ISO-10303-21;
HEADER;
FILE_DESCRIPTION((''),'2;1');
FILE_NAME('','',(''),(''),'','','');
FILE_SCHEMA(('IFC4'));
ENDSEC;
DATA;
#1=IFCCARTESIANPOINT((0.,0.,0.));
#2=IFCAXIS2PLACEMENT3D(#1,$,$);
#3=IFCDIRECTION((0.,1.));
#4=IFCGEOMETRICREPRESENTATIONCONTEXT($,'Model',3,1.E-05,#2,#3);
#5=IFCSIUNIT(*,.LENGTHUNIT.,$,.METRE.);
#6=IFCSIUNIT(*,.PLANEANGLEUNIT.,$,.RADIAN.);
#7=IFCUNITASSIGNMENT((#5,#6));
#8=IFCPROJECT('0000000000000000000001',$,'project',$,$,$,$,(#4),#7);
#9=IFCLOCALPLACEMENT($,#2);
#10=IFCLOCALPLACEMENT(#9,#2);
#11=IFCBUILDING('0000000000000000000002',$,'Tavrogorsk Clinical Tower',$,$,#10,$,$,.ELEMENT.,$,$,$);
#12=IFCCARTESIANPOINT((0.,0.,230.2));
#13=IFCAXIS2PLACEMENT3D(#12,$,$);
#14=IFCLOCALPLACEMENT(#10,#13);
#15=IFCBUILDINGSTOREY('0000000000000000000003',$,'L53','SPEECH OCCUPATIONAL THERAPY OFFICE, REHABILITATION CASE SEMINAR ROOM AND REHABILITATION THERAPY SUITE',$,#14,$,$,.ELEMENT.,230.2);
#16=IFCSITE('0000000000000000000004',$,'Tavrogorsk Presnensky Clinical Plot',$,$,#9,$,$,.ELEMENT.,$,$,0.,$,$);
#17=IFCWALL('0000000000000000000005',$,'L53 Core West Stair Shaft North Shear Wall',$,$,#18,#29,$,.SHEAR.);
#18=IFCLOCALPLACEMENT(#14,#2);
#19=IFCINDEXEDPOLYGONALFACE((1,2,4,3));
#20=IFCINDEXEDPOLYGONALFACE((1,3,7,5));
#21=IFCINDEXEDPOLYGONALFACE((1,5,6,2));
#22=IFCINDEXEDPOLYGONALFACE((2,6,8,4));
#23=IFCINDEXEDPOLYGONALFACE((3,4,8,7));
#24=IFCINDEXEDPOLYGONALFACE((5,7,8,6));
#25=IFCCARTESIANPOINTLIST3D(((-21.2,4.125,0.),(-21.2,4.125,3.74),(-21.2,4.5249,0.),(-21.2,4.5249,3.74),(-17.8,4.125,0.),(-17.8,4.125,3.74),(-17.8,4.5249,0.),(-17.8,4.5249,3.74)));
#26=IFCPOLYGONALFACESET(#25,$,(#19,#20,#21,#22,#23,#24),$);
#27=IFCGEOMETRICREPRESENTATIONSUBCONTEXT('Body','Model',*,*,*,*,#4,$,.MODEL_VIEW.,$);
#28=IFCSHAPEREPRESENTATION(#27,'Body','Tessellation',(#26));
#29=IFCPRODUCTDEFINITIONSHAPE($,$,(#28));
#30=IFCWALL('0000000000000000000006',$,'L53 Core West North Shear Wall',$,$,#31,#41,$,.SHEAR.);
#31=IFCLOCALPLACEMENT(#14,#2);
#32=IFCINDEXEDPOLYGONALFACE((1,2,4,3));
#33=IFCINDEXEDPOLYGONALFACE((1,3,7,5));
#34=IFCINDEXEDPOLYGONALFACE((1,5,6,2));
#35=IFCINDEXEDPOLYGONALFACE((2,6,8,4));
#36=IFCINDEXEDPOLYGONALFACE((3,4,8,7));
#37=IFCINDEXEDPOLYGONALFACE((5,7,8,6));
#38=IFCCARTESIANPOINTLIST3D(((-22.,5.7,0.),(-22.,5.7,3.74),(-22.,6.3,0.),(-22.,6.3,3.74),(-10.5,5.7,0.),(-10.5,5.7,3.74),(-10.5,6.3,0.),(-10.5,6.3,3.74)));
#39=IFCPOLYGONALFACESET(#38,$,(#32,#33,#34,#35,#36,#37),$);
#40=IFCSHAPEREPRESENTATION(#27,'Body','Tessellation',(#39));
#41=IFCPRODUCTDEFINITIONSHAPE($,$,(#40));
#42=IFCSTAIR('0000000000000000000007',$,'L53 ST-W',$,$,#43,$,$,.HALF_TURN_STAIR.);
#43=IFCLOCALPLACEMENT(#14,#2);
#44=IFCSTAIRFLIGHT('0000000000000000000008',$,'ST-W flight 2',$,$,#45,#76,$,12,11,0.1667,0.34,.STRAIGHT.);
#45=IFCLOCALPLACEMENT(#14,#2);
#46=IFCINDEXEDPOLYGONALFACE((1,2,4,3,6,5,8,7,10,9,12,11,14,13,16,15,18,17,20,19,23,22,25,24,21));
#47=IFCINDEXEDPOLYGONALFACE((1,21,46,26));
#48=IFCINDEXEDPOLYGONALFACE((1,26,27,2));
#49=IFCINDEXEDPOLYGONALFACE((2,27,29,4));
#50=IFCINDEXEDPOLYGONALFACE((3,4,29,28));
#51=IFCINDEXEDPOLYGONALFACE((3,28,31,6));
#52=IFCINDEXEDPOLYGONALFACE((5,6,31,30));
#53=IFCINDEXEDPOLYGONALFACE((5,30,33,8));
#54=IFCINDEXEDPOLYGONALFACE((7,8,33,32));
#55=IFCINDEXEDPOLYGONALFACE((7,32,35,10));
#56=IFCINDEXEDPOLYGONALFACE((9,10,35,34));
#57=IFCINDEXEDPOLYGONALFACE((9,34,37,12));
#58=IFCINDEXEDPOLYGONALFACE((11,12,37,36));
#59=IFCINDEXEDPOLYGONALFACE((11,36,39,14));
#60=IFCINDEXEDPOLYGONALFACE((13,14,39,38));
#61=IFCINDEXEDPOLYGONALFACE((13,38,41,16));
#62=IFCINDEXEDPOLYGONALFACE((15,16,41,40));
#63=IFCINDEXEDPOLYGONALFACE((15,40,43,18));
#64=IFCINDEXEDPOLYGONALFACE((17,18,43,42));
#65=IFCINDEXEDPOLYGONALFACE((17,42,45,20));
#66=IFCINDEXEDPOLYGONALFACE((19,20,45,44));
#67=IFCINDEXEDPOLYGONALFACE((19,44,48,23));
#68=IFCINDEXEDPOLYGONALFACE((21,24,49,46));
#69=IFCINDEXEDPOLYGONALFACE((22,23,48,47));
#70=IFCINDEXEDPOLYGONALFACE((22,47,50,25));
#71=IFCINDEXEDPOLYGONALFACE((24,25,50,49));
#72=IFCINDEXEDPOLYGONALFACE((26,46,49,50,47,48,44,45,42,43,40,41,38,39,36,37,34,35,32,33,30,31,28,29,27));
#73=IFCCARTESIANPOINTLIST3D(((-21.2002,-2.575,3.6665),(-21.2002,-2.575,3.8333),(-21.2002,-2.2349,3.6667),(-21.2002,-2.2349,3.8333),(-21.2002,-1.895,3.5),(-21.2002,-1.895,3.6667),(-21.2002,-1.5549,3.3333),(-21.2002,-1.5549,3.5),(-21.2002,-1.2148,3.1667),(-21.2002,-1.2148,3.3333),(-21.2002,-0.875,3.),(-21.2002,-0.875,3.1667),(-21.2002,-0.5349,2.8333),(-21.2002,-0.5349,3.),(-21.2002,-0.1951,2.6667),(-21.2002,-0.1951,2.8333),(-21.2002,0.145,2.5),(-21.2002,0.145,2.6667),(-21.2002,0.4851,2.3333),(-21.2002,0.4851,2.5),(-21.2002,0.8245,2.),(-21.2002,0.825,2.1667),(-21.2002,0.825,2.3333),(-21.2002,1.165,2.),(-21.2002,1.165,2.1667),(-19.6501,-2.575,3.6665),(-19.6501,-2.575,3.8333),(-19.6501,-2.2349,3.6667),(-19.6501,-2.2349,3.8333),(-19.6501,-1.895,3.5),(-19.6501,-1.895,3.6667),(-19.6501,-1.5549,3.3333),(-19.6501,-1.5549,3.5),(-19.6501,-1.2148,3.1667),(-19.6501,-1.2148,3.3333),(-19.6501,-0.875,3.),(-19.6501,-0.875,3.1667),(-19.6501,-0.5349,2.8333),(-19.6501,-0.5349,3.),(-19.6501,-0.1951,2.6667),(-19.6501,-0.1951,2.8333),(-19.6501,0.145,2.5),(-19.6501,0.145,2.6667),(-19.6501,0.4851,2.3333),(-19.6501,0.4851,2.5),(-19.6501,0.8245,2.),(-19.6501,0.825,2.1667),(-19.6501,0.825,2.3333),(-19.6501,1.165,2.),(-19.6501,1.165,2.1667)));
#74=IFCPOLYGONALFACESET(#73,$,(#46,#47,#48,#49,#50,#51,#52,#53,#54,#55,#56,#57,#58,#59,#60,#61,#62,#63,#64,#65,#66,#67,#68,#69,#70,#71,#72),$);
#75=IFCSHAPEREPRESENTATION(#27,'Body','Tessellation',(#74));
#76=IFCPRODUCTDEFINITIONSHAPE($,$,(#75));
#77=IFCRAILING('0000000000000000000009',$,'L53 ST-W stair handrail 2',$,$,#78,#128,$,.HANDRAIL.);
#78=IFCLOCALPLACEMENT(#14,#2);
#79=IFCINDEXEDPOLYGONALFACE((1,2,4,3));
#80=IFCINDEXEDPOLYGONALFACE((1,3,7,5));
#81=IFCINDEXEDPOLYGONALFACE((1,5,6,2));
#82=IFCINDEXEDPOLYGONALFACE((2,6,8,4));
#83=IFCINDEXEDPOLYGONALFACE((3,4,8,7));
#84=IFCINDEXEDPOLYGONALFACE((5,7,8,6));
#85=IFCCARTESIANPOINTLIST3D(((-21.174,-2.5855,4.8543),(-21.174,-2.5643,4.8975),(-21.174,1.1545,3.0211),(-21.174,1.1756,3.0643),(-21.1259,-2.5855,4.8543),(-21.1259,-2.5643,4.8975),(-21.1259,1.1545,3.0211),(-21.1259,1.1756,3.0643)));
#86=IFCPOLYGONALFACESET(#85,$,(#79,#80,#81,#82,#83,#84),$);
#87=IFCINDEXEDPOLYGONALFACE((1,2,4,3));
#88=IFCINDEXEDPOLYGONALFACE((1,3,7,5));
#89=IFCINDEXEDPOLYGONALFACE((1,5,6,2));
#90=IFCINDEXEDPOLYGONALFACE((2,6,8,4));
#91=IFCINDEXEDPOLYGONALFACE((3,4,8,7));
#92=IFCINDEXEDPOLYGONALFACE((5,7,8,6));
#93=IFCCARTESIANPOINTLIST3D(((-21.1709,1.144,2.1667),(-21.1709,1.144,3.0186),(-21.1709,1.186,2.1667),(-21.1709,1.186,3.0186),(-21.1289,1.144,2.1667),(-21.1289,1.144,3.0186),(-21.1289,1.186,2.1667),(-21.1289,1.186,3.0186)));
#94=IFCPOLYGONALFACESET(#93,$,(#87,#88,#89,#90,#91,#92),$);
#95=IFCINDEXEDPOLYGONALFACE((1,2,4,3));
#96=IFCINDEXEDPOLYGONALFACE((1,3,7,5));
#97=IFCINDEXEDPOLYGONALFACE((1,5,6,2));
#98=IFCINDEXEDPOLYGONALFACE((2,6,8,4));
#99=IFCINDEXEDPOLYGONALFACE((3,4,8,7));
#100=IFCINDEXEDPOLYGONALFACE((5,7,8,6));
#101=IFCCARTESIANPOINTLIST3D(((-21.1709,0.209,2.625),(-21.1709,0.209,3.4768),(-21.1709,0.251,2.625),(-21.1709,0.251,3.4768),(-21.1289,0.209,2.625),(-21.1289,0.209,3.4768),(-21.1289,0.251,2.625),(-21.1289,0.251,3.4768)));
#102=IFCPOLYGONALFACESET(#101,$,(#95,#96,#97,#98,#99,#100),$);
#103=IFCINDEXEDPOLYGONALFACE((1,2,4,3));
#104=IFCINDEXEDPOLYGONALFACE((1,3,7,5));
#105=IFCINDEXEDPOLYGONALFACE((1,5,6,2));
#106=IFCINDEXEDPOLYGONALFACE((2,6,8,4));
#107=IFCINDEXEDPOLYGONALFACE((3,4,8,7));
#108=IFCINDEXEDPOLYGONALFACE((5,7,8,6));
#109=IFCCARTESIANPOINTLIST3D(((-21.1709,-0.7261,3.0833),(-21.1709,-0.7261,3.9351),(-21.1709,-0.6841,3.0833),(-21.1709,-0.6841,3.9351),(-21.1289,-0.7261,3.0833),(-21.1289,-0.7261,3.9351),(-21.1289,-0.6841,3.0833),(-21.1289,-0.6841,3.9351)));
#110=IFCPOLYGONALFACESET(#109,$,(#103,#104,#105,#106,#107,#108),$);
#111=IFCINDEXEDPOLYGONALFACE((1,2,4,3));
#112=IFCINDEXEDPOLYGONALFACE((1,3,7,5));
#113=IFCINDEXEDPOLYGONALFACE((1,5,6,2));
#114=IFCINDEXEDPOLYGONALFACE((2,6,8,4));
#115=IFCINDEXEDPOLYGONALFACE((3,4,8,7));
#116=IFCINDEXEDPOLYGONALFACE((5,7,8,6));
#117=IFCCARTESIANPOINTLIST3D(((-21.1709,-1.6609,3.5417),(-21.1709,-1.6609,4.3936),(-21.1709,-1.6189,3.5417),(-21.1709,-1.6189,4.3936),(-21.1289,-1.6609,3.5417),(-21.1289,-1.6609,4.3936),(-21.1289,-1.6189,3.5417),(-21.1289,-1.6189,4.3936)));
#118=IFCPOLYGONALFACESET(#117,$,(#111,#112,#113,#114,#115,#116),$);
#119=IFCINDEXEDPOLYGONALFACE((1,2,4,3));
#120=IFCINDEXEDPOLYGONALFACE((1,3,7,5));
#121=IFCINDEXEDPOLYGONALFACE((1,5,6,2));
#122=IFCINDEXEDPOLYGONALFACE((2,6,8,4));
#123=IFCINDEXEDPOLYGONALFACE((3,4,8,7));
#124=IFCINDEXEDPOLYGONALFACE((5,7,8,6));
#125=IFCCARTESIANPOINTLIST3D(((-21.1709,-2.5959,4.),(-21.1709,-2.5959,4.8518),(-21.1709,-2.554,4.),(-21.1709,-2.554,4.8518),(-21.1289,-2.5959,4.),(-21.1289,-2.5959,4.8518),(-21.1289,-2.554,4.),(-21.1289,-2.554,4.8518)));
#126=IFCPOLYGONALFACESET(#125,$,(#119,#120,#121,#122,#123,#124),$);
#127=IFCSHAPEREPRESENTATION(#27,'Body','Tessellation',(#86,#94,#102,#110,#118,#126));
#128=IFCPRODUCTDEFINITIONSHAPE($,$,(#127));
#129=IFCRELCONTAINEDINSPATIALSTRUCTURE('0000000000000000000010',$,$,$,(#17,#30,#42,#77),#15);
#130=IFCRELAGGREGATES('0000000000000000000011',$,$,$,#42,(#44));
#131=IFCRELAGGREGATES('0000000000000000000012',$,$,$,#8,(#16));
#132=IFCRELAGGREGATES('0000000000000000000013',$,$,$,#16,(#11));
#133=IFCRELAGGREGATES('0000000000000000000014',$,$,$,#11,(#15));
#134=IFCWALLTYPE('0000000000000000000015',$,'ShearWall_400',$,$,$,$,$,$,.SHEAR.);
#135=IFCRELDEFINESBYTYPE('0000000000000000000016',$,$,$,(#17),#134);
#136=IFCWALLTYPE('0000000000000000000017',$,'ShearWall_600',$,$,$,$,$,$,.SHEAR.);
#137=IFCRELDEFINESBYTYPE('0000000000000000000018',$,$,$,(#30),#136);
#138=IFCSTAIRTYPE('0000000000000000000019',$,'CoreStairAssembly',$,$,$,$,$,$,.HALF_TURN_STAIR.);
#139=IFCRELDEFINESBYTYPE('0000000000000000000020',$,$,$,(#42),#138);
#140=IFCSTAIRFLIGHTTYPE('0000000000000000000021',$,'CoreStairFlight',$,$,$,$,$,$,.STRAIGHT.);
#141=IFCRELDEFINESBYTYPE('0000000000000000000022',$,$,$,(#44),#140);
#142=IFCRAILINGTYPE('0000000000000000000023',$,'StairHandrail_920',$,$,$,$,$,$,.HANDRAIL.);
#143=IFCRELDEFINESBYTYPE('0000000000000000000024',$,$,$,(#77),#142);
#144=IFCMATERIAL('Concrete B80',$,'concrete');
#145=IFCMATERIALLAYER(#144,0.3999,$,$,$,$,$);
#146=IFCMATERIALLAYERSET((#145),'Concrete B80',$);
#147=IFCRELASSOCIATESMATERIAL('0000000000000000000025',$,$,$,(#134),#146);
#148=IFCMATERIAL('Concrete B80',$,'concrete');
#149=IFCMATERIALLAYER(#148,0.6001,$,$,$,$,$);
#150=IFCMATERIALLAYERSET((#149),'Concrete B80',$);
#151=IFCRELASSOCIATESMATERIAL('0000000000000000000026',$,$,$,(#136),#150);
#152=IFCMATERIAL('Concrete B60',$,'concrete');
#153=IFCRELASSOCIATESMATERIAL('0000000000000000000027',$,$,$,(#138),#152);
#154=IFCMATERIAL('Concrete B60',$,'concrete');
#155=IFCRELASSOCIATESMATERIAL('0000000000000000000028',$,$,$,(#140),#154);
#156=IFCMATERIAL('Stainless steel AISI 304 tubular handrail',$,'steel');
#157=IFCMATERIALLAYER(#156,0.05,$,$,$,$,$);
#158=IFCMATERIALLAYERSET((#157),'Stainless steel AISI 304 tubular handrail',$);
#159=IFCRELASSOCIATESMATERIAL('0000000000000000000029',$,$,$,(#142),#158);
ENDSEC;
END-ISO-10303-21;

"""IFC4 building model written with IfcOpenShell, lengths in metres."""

from ifc_helpers import new_model, si_unit, direction, frame, frame_2d, origin, origin_2d, place, context, subcontext, project, spatial, polyline, rectangle, outline, extrude, material, layer, layer_set, type_object, element, aggregate, save


model = new_model("IFC4")

# Units and contexts
model_context = context("Model", 3, precision=1e-05, world=origin(), true_north=direction((0.0, 1.0)))
body_context = subcontext(model_context, "Body", "Model", "MODEL_VIEW")
ifc_project = project(units=[si_unit("LENGTHUNIT", "METRE"), si_unit("PLANEANGLEUNIT", "RADIAN")], contexts=[model_context])

# Site, building, storey
site_placement = place(None, origin())
site = spatial("IfcSite", under=ifc_project, at=site_placement, Name="Tavrogorsk Presnensky Clinical Plot", CompositionType="ELEMENT", RefElevation=0.0)
building_placement = place(site_placement, origin())
building = spatial("IfcBuilding", under=site, at=building_placement, Name="Tavrogorsk Clinical Tower", CompositionType="ELEMENT")
storey_placement = place(building_placement, frame((0.0, 0.0, 230.2)))
storey = spatial("IfcBuildingStorey", under=building, at=storey_placement, Name="L53", Description="SPEECH OCCUPATIONAL THERAPY OFFICE, REHABILITATION CASE SEMINAR ROOM AND REHABILITATION THERAPY SUITE", CompositionType="ELEMENT", Elevation=230.2)

# Walls
ifc_material_1 = material(Name="Concrete B80", Category="concrete")
ifc_layer_1 = layer(ifc_material_1, 0.3999)
ifc_layer_set_1 = layer_set([ifc_layer_1], Name="Concrete B80")
wall_type_1 = type_object("IfcWallType", Name="ShearWall_400", PredefinedType="SHEAR", material=ifc_layer_set_1)
wall_1_placement = place(storey_placement, frame((-21.2, 4.325, 0.0), z_axis=(0.0, 0.0, 1.0), x_axis=(1.0, 0.0, 0.0)))
element("IfcWall", 1, at=wall_1_placement, inside=storey, type_object=wall_type_1, Name="L53 Core West Stair Shaft North Shear Wall", PredefinedType="SHEAR", context=body_context, shape_type="SweptSolid", body=[
    extrude(rectangle(XDim=3.3999, YDim=0.3999, at=frame_2d((1.7, 0.0))), origin(), (0.0, 0.0, 1.0), 3.74),
])
ifc_material_2 = material(Name="Concrete B80", Category="concrete")
ifc_layer_2 = layer(ifc_material_2, 0.6001)
ifc_layer_set_2 = layer_set([ifc_layer_2], Name="Concrete B80")
wall_type_2 = type_object("IfcWallType", Name="ShearWall_600", PredefinedType="SHEAR", material=ifc_layer_set_2)
wall_2_placement = place(storey_placement, frame((-22.0, 6.0, 0.0), z_axis=(0.0, 0.0, 1.0), x_axis=(1.0, 0.0, 0.0)))
element("IfcWall", 2, at=wall_2_placement, inside=storey, type_object=wall_type_2, Name="L53 Core West North Shear Wall", PredefinedType="SHEAR", context=body_context, shape_type="SweptSolid", body=[
    extrude(rectangle(XDim=11.5, YDim=0.6001, at=frame_2d((5.75, 0.0))), origin(), (0.0, 0.0, 1.0), 3.74),
])

# Stair, stair flight
ifc_material_3 = material(Name="Concrete B60", Category="concrete")
stair_type = type_object("IfcStairType", Name="CoreStairAssembly", PredefinedType="HALF_TURN_STAIR", material=ifc_material_3)
stair_placement = place(storey_placement, origin())
stair = element("IfcStair", 3, at=stair_placement, inside=storey, type_object=stair_type, Name="L53 ST-W", PredefinedType="HALF_TURN_STAIR")
ifc_material_4 = material(Name="Concrete B60", Category="concrete")
stair_flight_type = type_object("IfcStairFlightType", Name="CoreStairFlight", PredefinedType="STRAIGHT", material=ifc_material_4)
stair_flight_placement = place(storey_placement, frame((-20.425, 1.165, 2.0), z_axis=(0.0, 0.0, 1.0), x_axis=(0.0, -1.0, 0.0)))
stair_flight = element("IfcStairFlight", 4, at=stair_flight_placement, type_object=stair_flight_type, Name="ST-W flight 2", NumberOfRisers=12, NumberOfTreads=11, PredefinedType="STRAIGHT", RiserHeight=0.1667, TreadLength=0.34, context=body_context, shape_type="SweptSolid", body=[
    extrude(outline(polyline([(0.0, 0.0), (0.0, 0.1667), (0.3401, 0.1667), (0.3401, 0.3333), (0.6799, 0.3333), (0.6799, 0.5), (1.02, 0.5), (1.02, 0.6667), (1.3601, 0.6667), (1.3601, 0.8333), (1.7, 0.8333), (1.7, 1.0), (2.04, 1.0), (2.04, 1.1667), (2.3799, 1.1667), (2.3799, 1.3333), (2.72, 1.3333), (2.72, 1.5), (3.0601, 1.5), (3.0601, 1.6667), (3.3999, 1.6667), (3.3999, 1.8333), (3.74, 1.8333), (3.74, 2.0), (3.74, 1.6665), (0.3406, 0.0), (0.0, 0.0)])), frame((0.0, 0.7749, 0.0), z_axis=(0.0, -1.0, 0.0), x_axis=(1.0, 0.0, 0.0)), (0.0, 0.0, 1.0), 1.55),
])
aggregate(stair, [stair_flight])

# Railing
ifc_material_5 = material(Name="Stainless steel AISI 304 tubular handrail", Category="steel")
ifc_layer_3 = layer(ifc_material_5, 0.05)
ifc_layer_set_3 = layer_set([ifc_layer_3], Name="Stainless steel AISI 304 tubular handrail")
railing_type = type_object("IfcRailingType", Name="StairHandrail_920", PredefinedType="HANDRAIL", material=ifc_layer_set_3)
railing_placement = place(storey_placement, frame((-21.1499, 1.165, 2.1667)))
element("IfcRailing", 5, at=railing_placement, inside=storey, type_object=railing_type, Name="L53 ST-W stair handrail 2", PredefinedType="HANDRAIL", context=body_context, shape_type="SweptSolid", body=[
    extrude(rectangle(XDim=0.0481, YDim=0.0481, at=origin_2d()), frame((0.0, 0.0, 0.876), z_axis=(0.0, -0.897928, 0.440142), x_axis=(1.0, 0.0, 0.0)), (0.0, 0.0, 1.0), 4.165),
    extrude(rectangle(XDim=0.042, YDim=0.042, at=origin_2d()), origin(), (0.0, 0.0, 1.0), 0.8518),
    extrude(rectangle(XDim=0.042, YDim=0.042, at=origin_2d()), frame((0.0, -0.9351, 0.4583)), (0.0, 0.0, 1.0), 0.8518),
    extrude(rectangle(XDim=0.042, YDim=0.042, at=origin_2d()), frame((0.0, -1.8701, 0.9165)), (0.0, 0.0, 1.0), 0.8518),
    extrude(rectangle(XDim=0.042, YDim=0.042, at=origin_2d()), frame((0.0, -2.8049, 1.375)), (0.0, 0.0, 1.0), 0.8518),
    extrude(rectangle(XDim=0.042, YDim=0.042, at=origin_2d()), frame((0.0, -3.74, 1.8333)), (0.0, 0.0, 1.0), 0.8518),
])

save(model, "model.ifc")
